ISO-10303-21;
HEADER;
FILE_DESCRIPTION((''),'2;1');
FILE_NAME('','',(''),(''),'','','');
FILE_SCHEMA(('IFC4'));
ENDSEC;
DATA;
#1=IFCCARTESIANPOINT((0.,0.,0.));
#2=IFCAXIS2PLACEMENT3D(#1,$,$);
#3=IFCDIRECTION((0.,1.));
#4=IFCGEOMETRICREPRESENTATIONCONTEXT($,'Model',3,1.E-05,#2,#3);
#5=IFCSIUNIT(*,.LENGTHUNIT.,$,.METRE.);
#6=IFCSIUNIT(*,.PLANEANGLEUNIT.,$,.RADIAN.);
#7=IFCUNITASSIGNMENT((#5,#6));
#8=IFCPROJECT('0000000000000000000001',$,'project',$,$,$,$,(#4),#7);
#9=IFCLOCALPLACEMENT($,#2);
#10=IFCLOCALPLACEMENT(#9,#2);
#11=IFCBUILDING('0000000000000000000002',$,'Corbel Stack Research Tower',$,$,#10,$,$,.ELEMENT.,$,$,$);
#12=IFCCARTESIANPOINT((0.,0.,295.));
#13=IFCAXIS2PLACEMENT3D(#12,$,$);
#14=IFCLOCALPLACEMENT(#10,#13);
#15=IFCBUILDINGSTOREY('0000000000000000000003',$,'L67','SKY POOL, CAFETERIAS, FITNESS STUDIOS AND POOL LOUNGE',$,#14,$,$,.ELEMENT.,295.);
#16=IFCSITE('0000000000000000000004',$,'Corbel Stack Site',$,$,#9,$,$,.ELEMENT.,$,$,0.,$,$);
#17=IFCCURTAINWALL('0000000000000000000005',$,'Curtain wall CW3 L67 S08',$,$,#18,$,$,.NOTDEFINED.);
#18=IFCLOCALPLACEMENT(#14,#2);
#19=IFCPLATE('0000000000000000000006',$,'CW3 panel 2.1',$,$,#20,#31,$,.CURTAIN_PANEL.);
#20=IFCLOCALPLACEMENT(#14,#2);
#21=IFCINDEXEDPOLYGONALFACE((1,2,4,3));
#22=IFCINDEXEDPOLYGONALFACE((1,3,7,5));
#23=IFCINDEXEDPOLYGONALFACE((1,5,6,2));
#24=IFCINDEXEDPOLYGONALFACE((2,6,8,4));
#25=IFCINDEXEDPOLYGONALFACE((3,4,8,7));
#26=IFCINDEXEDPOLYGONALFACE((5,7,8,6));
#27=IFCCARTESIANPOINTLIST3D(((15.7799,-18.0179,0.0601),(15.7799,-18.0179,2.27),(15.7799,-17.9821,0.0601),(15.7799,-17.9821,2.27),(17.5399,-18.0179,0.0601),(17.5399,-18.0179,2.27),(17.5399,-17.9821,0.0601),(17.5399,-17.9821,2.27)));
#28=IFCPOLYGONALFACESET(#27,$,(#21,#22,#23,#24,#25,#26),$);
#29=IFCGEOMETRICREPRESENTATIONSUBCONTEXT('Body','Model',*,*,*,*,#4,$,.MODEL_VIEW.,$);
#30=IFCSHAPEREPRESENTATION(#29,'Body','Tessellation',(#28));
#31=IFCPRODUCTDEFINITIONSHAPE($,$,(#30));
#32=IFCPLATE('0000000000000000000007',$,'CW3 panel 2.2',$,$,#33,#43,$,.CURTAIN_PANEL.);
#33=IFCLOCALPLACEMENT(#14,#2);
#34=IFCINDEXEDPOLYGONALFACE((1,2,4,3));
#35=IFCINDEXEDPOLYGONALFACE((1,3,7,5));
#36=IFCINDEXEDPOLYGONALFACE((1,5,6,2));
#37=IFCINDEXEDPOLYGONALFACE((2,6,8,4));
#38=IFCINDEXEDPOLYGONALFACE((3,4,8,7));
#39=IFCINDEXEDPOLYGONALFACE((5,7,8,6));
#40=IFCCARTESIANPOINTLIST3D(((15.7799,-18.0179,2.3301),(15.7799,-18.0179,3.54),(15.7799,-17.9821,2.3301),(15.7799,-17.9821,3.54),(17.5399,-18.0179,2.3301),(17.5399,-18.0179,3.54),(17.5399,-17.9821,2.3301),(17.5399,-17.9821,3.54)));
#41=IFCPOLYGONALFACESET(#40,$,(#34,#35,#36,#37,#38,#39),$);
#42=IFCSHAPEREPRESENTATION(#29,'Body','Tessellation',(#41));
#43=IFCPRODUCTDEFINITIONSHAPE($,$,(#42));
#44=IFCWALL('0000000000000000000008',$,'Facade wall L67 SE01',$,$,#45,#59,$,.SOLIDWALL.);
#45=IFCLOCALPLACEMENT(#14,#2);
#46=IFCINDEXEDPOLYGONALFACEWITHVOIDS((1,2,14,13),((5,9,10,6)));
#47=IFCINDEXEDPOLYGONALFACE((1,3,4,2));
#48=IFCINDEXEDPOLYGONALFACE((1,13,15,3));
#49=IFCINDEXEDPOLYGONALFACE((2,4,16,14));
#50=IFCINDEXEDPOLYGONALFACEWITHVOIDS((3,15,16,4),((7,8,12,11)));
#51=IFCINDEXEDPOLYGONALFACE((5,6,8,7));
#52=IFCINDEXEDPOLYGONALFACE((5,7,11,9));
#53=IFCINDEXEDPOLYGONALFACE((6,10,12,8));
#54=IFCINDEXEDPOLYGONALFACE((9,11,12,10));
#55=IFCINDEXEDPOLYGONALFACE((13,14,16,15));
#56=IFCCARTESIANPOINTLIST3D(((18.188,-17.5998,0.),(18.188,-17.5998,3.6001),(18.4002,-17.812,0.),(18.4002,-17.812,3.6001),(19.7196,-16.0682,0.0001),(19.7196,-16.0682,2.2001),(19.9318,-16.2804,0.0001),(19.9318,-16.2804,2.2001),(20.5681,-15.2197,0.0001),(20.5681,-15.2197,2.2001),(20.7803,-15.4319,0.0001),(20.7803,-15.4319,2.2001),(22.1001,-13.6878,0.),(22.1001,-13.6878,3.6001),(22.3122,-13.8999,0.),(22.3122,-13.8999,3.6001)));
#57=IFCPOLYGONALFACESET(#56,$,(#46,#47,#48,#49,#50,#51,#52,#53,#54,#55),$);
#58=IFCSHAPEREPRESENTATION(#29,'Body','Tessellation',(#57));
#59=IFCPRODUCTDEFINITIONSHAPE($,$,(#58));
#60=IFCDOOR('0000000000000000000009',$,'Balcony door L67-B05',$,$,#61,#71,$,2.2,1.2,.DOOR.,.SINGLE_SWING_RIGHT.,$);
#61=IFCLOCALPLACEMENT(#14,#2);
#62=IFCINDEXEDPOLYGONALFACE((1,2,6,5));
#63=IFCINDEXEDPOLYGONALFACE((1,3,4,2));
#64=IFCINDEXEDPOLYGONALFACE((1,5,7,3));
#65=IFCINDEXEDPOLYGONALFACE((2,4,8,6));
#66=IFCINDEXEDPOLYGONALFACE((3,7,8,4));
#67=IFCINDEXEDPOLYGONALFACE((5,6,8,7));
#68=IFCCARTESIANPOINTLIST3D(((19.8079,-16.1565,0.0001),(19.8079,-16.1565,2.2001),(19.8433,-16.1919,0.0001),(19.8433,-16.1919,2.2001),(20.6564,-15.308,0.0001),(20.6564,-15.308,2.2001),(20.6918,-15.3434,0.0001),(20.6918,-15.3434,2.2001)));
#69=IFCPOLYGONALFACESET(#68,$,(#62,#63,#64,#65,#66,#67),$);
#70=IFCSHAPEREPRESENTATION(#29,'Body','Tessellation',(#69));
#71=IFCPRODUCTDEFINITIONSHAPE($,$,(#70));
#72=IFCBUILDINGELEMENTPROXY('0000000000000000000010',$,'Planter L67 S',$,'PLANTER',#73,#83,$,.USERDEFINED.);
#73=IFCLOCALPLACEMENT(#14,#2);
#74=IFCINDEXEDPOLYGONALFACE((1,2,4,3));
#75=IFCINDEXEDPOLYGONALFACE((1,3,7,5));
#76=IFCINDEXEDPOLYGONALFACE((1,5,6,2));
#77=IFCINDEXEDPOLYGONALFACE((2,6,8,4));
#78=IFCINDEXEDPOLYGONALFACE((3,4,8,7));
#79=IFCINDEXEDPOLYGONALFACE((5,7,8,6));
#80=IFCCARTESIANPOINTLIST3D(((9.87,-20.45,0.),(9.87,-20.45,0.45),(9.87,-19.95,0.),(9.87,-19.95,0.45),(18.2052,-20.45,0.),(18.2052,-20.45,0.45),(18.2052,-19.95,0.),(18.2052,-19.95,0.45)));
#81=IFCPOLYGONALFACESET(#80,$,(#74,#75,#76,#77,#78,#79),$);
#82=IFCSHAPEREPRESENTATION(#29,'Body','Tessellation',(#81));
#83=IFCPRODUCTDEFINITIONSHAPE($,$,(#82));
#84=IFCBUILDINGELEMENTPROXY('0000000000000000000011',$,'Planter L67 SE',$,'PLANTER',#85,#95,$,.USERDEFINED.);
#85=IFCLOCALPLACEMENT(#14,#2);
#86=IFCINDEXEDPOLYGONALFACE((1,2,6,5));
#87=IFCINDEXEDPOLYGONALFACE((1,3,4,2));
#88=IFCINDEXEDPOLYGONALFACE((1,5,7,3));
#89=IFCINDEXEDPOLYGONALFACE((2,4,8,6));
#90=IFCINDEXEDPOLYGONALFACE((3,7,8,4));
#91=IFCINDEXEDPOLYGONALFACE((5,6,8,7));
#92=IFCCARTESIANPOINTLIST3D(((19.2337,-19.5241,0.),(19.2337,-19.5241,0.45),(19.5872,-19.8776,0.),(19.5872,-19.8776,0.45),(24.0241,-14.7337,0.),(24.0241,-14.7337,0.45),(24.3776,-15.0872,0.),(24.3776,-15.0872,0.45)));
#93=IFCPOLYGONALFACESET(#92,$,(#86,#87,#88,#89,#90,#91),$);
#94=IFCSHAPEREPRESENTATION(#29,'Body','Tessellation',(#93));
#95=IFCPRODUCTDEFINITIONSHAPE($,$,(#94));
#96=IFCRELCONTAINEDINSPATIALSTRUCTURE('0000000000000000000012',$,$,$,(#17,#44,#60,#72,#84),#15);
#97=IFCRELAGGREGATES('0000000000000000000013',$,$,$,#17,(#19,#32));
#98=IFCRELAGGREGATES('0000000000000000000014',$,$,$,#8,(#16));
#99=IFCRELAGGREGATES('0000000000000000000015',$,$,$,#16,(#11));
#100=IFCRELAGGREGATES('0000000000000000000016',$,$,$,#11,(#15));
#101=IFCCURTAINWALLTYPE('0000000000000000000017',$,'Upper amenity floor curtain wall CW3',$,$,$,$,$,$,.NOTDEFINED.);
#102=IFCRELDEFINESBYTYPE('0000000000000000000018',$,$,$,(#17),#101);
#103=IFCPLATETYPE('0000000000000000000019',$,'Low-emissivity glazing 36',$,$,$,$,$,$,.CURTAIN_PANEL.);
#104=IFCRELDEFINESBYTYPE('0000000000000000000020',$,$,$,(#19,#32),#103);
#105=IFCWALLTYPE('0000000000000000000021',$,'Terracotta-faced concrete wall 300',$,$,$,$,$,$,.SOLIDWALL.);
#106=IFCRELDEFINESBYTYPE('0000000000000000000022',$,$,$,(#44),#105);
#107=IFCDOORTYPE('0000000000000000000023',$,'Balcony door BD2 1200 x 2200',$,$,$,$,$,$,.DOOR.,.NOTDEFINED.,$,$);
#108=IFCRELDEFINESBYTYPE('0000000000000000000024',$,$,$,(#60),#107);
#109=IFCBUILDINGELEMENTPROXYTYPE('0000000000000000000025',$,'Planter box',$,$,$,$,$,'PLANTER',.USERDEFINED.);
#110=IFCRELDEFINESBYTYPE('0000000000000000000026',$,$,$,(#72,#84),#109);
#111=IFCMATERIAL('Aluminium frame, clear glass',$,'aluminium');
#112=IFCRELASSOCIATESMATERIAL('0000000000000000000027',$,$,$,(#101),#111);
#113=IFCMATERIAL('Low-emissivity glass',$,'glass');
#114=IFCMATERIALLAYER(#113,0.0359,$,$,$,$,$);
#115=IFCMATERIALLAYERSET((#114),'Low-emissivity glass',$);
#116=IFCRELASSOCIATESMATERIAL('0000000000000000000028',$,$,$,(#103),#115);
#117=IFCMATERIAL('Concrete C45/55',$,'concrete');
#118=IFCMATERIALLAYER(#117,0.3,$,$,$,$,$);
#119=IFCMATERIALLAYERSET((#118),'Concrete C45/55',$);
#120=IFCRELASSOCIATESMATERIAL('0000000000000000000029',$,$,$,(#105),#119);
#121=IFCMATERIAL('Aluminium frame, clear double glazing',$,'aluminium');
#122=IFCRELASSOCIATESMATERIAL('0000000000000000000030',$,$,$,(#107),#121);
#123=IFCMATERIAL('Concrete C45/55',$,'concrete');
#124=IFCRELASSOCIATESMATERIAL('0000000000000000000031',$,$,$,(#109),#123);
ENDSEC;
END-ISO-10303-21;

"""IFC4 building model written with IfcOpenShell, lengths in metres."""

from ifc_helpers import new_model, si_unit, direction, frame, frame_2d, origin, origin_2d, place, context, subcontext, project, spatial, rectangle, extrude, material, layer, layer_set, type_object, element, fill, aggregate, save


model = new_model("IFC4")

# Units and contexts
model_context = context("Model", 3, precision=1e-05, world=origin(), true_north=direction((0.0, 1.0)))
body_context = subcontext(model_context, "Body", "Model", "MODEL_VIEW")
ifc_project = project(units=[si_unit("LENGTHUNIT", "METRE"), si_unit("PLANEANGLEUNIT", "RADIAN")], contexts=[model_context])

# Site, building, storey
site_placement = place(None, origin())
site = spatial("IfcSite", under=ifc_project, at=site_placement, Name="Corbel Stack Site", CompositionType="ELEMENT", RefElevation=0.0)
building_placement = place(site_placement, origin())
building = spatial("IfcBuilding", under=site, at=building_placement, Name="Corbel Stack Research Tower", CompositionType="ELEMENT")
storey_placement = place(building_placement, frame((0.0, 0.0, 295.0)))
storey = spatial("IfcBuildingStorey", under=building, at=storey_placement, Name="L67", Description="SKY POOL, CAFETERIAS, FITNESS STUDIOS AND POOL LOUNGE", CompositionType="ELEMENT", Elevation=295.0)

# Curtain wall
ifc_material_1 = material(Name="Aluminium frame, clear glass", Category="aluminium")
curtain_wall_type = type_object("IfcCurtainWallType", Name="Upper amenity floor curtain wall CW3", PredefinedType="NOTDEFINED", material=ifc_material_1)
curtain_wall_placement = place(storey_placement, origin())
curtain_wall = element("IfcCurtainWall", 1, at=curtain_wall_placement, inside=storey, type_object=curtain_wall_type, Name="Curtain wall CW3 L67 S08", PredefinedType="NOTDEFINED")

# Plates
ifc_material_2 = material(Name="Low-emissivity glass", Category="glass")
ifc_layer_1 = layer(ifc_material_2, 0.0359)
ifc_layer_set_1 = layer_set([ifc_layer_1], Name="Low-emissivity glass")
plate_type = type_object("IfcPlateType", Name="Low-emissivity glazing 36", PredefinedType="CURTAIN_PANEL", material=ifc_layer_set_1)
plate_1_placement = place(storey_placement, frame((16.6599, -18.0, 0.0601), z_axis=(0.0, 0.0, 1.0), x_axis=(1.0, 0.0, 0.0)))
plate_1 = element("IfcPlate", 2, at=plate_1_placement, type_object=plate_type, Name="CW3 panel 2.1", PredefinedType="CURTAIN_PANEL", context=body_context, shape_type="SweptSolid", body=[
    extrude(rectangle(XDim=1.76, YDim=0.0359, at=origin_2d()), origin(), (0.0, 0.0, 1.0), 2.21),
])
plate_2_placement = place(storey_placement, frame((16.6599, -18.0, 2.3301), z_axis=(0.0, 0.0, 1.0), x_axis=(1.0, 0.0, 0.0)))
plate_2 = element("IfcPlate", 3, at=plate_2_placement, type_object=plate_type, Name="CW3 panel 2.2", PredefinedType="CURTAIN_PANEL", context=body_context, shape_type="SweptSolid", body=[
    extrude(rectangle(XDim=1.76, YDim=0.0359, at=origin_2d()), origin(), (0.0, 0.0, 1.0), 1.21),
])
aggregate(curtain_wall, [plate_1, plate_2])

# Wall, opening, door
ifc_material_3 = material(Name="Concrete C45/55", Category="concrete")
ifc_layer_2 = layer(ifc_material_3, 0.3)
ifc_layer_set_2 = layer_set([ifc_layer_2], Name="Concrete C45/55")
wall_type = type_object("IfcWallType", Name="Terracotta-faced concrete wall 300", PredefinedType="SOLIDWALL", material=ifc_layer_set_2)
wall_placement = place(storey_placement, frame((22.2061, -13.7939, 0.0), z_axis=(0.0, 0.0, 1.0), x_axis=(-0.707107, -0.707107, 0.0)))
wall = element("IfcWall", 4, at=wall_placement, inside=storey, type_object=wall_type, Name="Facade wall L67 SE01", PredefinedType="SOLIDWALL", context=body_context, shape_type="SweptSolid", body=[
    extrude(rectangle(XDim=5.5325, YDim=0.3, at=frame_2d((2.7661, 0.0))), origin(), (0.0, 0.0, 1.0), 3.6001),
])
opening_placement = place(wall_placement, frame((2.1663, 0.0, 0.0)))
opening = element("IfcOpeningElement", 5, at=opening_placement, cuts=wall, PredefinedType="OPENING", context=body_context, shape_type="SweptSolid", body=[
    extrude(rectangle(XDim=1.2, YDim=2.2, at=frame_2d((0.6001, 1.1001))), frame((0.0, 0.1599, 0.0), z_axis=(0.0, -1.0, 0.0), x_axis=(1.0, 0.0, 0.0)), (0.0, 0.0, 1.0), 0.3201),
])
ifc_material_4 = material(Name="Aluminium frame, clear double glazing", Category="aluminium")
door_type = type_object("IfcDoorType", Name="Balcony door BD2 1200 x 2200", OperationType="NOTDEFINED", PredefinedType="DOOR", material=ifc_material_4)
door_placement = place(opening_placement, origin())
door = element("IfcDoor", 6, at=door_placement, inside=storey, type_object=door_type, Name="Balcony door L67-B05", OperationType="SINGLE_SWING_RIGHT", OverallHeight=2.2, OverallWidth=1.2, PredefinedType="DOOR", context=body_context, shape_type="SweptSolid", body=[
    extrude(rectangle(XDim=1.2, YDim=2.2, at=frame_2d((0.6001, 1.1001))), frame((0.0, 0.0249, 0.0), z_axis=(0.0, -1.0, 0.0), x_axis=(1.0, 0.0, 0.0)), (0.0, 0.0, 1.0), 0.05),
])
fill(opening, door)

# Building element proxies
ifc_material_5 = material(Name="Concrete C45/55", Category="concrete")
building_element_proxy_type = type_object("IfcBuildingElementProxyType", Name="Planter box", ElementType="PLANTER", PredefinedType="USERDEFINED", material=ifc_material_5)
proxy_1_placement = place(storey_placement, frame((14.0376, -20.2, 0.0), z_axis=(0.0, 0.0, 1.0), x_axis=(1.0, 0.0, 0.0)))
element("IfcBuildingElementProxy", 7, at=proxy_1_placement, inside=storey, type_object=building_element_proxy_type, Name="Planter L67 S", ObjectType="PLANTER", PredefinedType="USERDEFINED", context=body_context, shape_type="SweptSolid", body=[
    extrude(rectangle(XDim=8.3352, YDim=0.5, at=origin_2d()), origin(), (0.0, 0.0, 1.0), 0.45),
])
proxy_2_placement = place(storey_placement, frame((21.8057, -17.3057, 0.0), z_axis=(0.0, 0.0, 1.0), x_axis=(0.707107, 0.707107, 0.0)))
element("IfcBuildingElementProxy", 8, at=proxy_2_placement, inside=storey, type_object=building_element_proxy_type, Name="Planter L67 SE", ObjectType="PLANTER", PredefinedType="USERDEFINED", context=body_context, shape_type="SweptSolid", body=[
    extrude(rectangle(XDim=6.7747, YDim=0.5, at=origin_2d()), origin(), (0.0, 0.0, 1.0), 0.45),
])

save(model, "model.ifc")
